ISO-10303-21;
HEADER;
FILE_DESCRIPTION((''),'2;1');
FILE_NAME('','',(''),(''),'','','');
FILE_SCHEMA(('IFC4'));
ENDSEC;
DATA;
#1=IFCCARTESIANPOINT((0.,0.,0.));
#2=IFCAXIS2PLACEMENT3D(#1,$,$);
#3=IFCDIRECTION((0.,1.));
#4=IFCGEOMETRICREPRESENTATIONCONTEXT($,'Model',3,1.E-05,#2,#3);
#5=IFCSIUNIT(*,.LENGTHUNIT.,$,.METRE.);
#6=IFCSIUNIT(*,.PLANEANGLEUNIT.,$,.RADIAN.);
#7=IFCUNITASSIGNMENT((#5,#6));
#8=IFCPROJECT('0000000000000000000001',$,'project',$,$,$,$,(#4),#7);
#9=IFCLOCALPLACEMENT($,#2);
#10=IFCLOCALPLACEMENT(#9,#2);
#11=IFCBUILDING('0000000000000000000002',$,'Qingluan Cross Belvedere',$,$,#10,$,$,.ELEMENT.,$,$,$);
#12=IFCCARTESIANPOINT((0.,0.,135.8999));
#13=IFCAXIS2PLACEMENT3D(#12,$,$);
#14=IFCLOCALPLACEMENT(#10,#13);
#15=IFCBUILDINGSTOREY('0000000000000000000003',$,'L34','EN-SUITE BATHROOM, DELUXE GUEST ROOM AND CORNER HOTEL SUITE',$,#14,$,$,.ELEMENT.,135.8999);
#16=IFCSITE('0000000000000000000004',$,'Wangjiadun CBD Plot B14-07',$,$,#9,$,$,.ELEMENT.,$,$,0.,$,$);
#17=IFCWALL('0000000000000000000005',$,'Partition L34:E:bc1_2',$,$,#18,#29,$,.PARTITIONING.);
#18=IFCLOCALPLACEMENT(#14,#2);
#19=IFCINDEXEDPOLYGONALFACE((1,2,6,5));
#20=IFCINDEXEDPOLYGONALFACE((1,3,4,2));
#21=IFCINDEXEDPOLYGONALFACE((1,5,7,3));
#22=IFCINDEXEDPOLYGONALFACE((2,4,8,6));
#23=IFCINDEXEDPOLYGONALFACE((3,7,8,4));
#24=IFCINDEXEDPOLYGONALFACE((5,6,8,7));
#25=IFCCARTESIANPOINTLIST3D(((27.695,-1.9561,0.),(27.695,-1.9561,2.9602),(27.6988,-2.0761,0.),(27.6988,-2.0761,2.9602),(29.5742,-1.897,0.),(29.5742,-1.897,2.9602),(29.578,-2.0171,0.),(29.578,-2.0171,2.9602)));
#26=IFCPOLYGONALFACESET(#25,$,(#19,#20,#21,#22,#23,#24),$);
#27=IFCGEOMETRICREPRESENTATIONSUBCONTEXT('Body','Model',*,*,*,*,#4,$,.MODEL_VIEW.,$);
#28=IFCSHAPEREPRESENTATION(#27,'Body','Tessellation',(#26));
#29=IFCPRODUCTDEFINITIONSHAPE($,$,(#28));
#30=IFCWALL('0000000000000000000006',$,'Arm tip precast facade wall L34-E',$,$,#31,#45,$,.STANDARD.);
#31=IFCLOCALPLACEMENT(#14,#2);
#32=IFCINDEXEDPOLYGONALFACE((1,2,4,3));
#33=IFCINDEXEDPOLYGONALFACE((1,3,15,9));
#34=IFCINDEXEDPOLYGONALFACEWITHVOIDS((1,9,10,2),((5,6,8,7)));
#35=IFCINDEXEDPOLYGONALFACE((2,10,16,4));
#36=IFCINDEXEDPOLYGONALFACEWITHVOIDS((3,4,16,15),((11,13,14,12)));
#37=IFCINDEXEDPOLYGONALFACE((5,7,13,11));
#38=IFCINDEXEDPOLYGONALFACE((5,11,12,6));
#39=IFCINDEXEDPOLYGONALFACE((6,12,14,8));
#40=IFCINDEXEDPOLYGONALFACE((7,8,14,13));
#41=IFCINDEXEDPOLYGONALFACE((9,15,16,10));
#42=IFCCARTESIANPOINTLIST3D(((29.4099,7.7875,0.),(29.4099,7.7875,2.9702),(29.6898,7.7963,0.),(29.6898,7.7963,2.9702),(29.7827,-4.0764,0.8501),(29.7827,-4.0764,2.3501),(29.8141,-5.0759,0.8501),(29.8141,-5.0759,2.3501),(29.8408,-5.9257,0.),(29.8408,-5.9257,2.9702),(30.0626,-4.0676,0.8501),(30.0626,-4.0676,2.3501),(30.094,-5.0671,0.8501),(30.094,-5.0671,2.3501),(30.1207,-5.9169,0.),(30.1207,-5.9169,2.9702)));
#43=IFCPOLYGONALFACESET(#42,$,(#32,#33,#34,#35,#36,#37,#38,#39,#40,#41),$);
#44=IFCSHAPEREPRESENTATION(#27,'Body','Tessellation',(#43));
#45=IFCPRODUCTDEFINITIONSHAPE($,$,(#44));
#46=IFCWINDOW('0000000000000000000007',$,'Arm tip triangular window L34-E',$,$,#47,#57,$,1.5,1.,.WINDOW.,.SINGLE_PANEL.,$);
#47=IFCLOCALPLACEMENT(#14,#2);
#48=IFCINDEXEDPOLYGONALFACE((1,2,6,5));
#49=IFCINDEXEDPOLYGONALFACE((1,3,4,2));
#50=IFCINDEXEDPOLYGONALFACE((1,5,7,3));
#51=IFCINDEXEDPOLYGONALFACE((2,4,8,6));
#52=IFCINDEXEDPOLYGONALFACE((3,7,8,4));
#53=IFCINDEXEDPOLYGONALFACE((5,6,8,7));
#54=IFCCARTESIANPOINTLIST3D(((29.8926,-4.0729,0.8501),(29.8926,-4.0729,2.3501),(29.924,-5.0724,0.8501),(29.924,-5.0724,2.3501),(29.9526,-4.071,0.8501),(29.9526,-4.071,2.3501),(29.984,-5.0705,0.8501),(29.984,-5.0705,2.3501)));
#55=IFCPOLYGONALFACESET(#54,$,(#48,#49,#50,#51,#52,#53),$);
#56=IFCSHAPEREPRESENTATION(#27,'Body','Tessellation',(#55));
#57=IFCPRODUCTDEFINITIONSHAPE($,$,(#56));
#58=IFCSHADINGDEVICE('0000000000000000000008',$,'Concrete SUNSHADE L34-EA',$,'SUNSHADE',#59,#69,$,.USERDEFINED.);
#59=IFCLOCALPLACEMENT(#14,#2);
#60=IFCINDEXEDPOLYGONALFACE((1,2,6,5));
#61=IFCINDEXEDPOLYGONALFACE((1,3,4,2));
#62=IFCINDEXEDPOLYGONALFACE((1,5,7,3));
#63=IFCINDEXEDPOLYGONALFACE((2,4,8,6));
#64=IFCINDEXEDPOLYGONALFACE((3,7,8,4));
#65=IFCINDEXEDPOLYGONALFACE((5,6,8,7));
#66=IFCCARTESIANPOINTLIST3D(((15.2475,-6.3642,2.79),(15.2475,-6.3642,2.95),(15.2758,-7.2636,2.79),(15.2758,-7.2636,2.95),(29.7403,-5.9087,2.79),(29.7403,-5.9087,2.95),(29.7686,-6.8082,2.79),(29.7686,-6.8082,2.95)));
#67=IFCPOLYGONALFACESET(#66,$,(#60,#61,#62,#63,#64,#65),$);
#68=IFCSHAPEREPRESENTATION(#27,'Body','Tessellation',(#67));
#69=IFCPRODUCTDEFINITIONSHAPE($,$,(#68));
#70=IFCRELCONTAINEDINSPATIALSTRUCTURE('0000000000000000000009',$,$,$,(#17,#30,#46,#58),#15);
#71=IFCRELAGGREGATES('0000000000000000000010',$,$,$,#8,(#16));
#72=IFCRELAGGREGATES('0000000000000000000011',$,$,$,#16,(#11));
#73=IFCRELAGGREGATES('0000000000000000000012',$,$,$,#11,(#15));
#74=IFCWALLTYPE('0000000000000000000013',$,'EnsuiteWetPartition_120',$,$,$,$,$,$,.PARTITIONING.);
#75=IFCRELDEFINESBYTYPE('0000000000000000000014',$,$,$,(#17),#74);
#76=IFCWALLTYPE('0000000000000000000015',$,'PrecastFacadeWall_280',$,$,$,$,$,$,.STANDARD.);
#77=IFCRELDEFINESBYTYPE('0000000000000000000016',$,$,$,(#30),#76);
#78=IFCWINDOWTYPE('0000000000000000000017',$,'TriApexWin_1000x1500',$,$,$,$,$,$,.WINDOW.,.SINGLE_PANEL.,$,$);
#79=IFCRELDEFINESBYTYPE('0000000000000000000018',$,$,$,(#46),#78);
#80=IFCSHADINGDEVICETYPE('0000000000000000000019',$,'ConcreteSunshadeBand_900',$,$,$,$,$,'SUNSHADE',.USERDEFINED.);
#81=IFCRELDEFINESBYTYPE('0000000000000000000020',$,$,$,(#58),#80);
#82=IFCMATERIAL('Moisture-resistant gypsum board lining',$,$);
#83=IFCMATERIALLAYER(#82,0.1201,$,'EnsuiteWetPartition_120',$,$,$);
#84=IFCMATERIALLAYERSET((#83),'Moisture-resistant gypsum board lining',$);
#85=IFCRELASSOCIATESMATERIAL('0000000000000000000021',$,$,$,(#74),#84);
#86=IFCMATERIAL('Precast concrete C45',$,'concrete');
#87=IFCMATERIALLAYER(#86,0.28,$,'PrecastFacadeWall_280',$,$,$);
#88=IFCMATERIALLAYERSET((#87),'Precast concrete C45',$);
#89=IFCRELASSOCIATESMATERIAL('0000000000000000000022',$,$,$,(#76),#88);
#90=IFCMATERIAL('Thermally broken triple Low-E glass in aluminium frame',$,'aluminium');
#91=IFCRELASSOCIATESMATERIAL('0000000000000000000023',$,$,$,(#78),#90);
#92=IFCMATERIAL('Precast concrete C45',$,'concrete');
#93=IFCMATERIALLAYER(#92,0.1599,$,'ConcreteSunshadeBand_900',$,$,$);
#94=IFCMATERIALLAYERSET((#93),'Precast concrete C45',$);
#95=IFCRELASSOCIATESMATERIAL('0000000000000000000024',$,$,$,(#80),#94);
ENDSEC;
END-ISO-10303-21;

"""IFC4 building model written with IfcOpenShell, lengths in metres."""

from ifc_helpers import new_model, si_unit, direction, frame, frame_2d, origin, origin_2d, place, context, subcontext, project, spatial, rectangle, extrude, material, layer, layer_set, type_object, element, fill, save


model = new_model("IFC4")

# Units and contexts
model_context = context("Model", 3, precision=1e-05, world=origin(), true_north=direction((0.0, 1.0)))
body_context = subcontext(model_context, "Body", "Model", "MODEL_VIEW")
ifc_project = project(units=[si_unit("LENGTHUNIT", "METRE"), si_unit("PLANEANGLEUNIT", "RADIAN")], contexts=[model_context])

# Site, building, storey
site_placement = place(None, origin())
site = spatial("IfcSite", under=ifc_project, at=site_placement, Name="Wangjiadun CBD Plot B14-07", CompositionType="ELEMENT", RefElevation=0.0)
building_placement = place(site_placement, origin())
building = spatial("IfcBuilding", under=site, at=building_placement, Name="Qingluan Cross Belvedere", CompositionType="ELEMENT")
storey_placement = place(building_placement, frame((0.0, 0.0, 135.8999)))
storey = spatial("IfcBuildingStorey", under=building, at=storey_placement, Name="L34", Description="EN-SUITE BATHROOM, DELUXE GUEST ROOM AND CORNER HOTEL SUITE", CompositionType="ELEMENT", Elevation=135.8999)

# Shared definitions
ifc_material_1 = material(Name="Moisture-resistant gypsum board lining")
ifc_layer_1 = layer(ifc_material_1, 0.1201, Name="EnsuiteWetPartition_120")
ifc_layer_set_1 = layer_set([ifc_layer_1], Name="Moisture-resistant gypsum board lining")
wall_type_1 = type_object("IfcWallType", Name="EnsuiteWetPartition_120", PredefinedType="PARTITIONING", material=ifc_layer_set_1)

# Wall
wall_1_placement = place(storey_placement, frame((27.697, -2.0161, 0.0), z_axis=(0.0, 0.0, 1.0), x_axis=(0.999506, 0.031425, 0.0)))
element("IfcWall", 1, at=wall_1_placement, inside=storey, type_object=wall_type_1, Name="Partition L34:E:bc1_2", PredefinedType="PARTITIONING", context=body_context, shape_type="SweptSolid", body=[
    extrude(rectangle(XDim=1.8801, YDim=0.1201, at=frame_2d((0.9399, 0.0))), origin(), (0.0, 0.0, 1.0), 2.9602),
])

# Wall, opening, window
ifc_material_2 = material(Name="Precast concrete C45", Category="concrete")
ifc_layer_2 = layer(ifc_material_2, 0.28, Name="PrecastFacadeWall_280")
ifc_layer_set_2 = layer_set([ifc_layer_2], Name="Precast concrete C45")
wall_type_2 = type_object("IfcWallType", Name="PrecastFacadeWall_280", PredefinedType="STANDARD", material=ifc_layer_set_2)
wall_2_placement = place(storey_placement, frame((29.9807, -5.9211, 0.0), z_axis=(0.0, 0.0, 1.0), x_axis=(-0.031408, 0.999507, 0.0)))
wall_2 = element("IfcWall", 2, at=wall_2_placement, inside=storey, type_object=wall_type_2, Name="Arm tip precast facade wall L34-E", PredefinedType="STANDARD", context=body_context, shape_type="SweptSolid", body=[
    extrude(rectangle(XDim=13.72, YDim=0.28, at=frame_2d((6.8599, 0.0))), origin(), (0.0, 0.0, 1.0), 2.9702),
])
opening_1_placement = place(wall_2_placement, frame((0.8501, 0.0, 0.8501)))
opening_1 = element("IfcOpeningElement", 3, at=opening_1_placement, cuts=wall_2, PredefinedType="OPENING", context=body_context, shape_type="SweptSolid", body=[
    extrude(rectangle(XDim=1.0, YDim=1.5, at=frame_2d((0.5, 0.75))), frame((0.0, 0.1499, 0.0), z_axis=(0.0, -1.0, 0.0), x_axis=(1.0, 0.0, 0.0)), (0.0, 0.0, 1.0), 0.3),
])
ifc_material_3 = material(Name="Thermally broken triple Low-E glass in aluminium frame", Category="aluminium")
window_type = type_object("IfcWindowType", Name="TriApexWin_1000x1500", PartitioningType="SINGLE_PANEL", PredefinedType="WINDOW", material=ifc_material_3)
window_placement = place(opening_1_placement, origin())
window = element("IfcWindow", 4, at=window_placement, inside=storey, type_object=window_type, Name="Arm tip triangular window L34-E", OverallHeight=1.5, OverallWidth=1.0, PartitioningType="SINGLE_PANEL", PredefinedType="WINDOW", context=body_context, shape_type="SweptSolid", body=[
    extrude(rectangle(XDim=1.0, YDim=1.5, at=frame_2d((0.5, 0.75))), frame((0.0, 0.03, 0.0), z_axis=(0.0, -1.0, 0.0), x_axis=(1.0, 0.0, 0.0)), (0.0, 0.0, 1.0), 0.0601),
])
fill(opening_1, window)

# Shading device
ifc_material_4 = material(Name="Precast concrete C45", Category="concrete")
ifc_layer_3 = layer(ifc_material_4, 0.1599, Name="ConcreteSunshadeBand_900")
ifc_layer_set_3 = layer_set([ifc_layer_3], Name="Precast concrete C45")
shading_device_type = type_object("IfcShadingDeviceType", Name="ConcreteSunshadeBand_900", ElementType="SUNSHADE", PredefinedType="USERDEFINED", material=ifc_layer_set_3)
shading_device_placement = place(storey_placement, frame((22.5081, -6.5862, 2.79), z_axis=(0.0, 0.0, 1.0), x_axis=(0.999507, 0.031408, 0.0)))
element("IfcShadingDevice", 5, at=shading_device_placement, inside=storey, type_object=shading_device_type, Name="Concrete SUNSHADE L34-EA", ObjectType="SUNSHADE", PredefinedType="USERDEFINED", context=body_context, shape_type="SweptSolid", body=[
    extrude(rectangle(XDim=14.5, YDim=0.8999, at=origin_2d()), origin(), (0.0, 0.0, 1.0), 0.1599),
])

save(model, "model.ifc")
